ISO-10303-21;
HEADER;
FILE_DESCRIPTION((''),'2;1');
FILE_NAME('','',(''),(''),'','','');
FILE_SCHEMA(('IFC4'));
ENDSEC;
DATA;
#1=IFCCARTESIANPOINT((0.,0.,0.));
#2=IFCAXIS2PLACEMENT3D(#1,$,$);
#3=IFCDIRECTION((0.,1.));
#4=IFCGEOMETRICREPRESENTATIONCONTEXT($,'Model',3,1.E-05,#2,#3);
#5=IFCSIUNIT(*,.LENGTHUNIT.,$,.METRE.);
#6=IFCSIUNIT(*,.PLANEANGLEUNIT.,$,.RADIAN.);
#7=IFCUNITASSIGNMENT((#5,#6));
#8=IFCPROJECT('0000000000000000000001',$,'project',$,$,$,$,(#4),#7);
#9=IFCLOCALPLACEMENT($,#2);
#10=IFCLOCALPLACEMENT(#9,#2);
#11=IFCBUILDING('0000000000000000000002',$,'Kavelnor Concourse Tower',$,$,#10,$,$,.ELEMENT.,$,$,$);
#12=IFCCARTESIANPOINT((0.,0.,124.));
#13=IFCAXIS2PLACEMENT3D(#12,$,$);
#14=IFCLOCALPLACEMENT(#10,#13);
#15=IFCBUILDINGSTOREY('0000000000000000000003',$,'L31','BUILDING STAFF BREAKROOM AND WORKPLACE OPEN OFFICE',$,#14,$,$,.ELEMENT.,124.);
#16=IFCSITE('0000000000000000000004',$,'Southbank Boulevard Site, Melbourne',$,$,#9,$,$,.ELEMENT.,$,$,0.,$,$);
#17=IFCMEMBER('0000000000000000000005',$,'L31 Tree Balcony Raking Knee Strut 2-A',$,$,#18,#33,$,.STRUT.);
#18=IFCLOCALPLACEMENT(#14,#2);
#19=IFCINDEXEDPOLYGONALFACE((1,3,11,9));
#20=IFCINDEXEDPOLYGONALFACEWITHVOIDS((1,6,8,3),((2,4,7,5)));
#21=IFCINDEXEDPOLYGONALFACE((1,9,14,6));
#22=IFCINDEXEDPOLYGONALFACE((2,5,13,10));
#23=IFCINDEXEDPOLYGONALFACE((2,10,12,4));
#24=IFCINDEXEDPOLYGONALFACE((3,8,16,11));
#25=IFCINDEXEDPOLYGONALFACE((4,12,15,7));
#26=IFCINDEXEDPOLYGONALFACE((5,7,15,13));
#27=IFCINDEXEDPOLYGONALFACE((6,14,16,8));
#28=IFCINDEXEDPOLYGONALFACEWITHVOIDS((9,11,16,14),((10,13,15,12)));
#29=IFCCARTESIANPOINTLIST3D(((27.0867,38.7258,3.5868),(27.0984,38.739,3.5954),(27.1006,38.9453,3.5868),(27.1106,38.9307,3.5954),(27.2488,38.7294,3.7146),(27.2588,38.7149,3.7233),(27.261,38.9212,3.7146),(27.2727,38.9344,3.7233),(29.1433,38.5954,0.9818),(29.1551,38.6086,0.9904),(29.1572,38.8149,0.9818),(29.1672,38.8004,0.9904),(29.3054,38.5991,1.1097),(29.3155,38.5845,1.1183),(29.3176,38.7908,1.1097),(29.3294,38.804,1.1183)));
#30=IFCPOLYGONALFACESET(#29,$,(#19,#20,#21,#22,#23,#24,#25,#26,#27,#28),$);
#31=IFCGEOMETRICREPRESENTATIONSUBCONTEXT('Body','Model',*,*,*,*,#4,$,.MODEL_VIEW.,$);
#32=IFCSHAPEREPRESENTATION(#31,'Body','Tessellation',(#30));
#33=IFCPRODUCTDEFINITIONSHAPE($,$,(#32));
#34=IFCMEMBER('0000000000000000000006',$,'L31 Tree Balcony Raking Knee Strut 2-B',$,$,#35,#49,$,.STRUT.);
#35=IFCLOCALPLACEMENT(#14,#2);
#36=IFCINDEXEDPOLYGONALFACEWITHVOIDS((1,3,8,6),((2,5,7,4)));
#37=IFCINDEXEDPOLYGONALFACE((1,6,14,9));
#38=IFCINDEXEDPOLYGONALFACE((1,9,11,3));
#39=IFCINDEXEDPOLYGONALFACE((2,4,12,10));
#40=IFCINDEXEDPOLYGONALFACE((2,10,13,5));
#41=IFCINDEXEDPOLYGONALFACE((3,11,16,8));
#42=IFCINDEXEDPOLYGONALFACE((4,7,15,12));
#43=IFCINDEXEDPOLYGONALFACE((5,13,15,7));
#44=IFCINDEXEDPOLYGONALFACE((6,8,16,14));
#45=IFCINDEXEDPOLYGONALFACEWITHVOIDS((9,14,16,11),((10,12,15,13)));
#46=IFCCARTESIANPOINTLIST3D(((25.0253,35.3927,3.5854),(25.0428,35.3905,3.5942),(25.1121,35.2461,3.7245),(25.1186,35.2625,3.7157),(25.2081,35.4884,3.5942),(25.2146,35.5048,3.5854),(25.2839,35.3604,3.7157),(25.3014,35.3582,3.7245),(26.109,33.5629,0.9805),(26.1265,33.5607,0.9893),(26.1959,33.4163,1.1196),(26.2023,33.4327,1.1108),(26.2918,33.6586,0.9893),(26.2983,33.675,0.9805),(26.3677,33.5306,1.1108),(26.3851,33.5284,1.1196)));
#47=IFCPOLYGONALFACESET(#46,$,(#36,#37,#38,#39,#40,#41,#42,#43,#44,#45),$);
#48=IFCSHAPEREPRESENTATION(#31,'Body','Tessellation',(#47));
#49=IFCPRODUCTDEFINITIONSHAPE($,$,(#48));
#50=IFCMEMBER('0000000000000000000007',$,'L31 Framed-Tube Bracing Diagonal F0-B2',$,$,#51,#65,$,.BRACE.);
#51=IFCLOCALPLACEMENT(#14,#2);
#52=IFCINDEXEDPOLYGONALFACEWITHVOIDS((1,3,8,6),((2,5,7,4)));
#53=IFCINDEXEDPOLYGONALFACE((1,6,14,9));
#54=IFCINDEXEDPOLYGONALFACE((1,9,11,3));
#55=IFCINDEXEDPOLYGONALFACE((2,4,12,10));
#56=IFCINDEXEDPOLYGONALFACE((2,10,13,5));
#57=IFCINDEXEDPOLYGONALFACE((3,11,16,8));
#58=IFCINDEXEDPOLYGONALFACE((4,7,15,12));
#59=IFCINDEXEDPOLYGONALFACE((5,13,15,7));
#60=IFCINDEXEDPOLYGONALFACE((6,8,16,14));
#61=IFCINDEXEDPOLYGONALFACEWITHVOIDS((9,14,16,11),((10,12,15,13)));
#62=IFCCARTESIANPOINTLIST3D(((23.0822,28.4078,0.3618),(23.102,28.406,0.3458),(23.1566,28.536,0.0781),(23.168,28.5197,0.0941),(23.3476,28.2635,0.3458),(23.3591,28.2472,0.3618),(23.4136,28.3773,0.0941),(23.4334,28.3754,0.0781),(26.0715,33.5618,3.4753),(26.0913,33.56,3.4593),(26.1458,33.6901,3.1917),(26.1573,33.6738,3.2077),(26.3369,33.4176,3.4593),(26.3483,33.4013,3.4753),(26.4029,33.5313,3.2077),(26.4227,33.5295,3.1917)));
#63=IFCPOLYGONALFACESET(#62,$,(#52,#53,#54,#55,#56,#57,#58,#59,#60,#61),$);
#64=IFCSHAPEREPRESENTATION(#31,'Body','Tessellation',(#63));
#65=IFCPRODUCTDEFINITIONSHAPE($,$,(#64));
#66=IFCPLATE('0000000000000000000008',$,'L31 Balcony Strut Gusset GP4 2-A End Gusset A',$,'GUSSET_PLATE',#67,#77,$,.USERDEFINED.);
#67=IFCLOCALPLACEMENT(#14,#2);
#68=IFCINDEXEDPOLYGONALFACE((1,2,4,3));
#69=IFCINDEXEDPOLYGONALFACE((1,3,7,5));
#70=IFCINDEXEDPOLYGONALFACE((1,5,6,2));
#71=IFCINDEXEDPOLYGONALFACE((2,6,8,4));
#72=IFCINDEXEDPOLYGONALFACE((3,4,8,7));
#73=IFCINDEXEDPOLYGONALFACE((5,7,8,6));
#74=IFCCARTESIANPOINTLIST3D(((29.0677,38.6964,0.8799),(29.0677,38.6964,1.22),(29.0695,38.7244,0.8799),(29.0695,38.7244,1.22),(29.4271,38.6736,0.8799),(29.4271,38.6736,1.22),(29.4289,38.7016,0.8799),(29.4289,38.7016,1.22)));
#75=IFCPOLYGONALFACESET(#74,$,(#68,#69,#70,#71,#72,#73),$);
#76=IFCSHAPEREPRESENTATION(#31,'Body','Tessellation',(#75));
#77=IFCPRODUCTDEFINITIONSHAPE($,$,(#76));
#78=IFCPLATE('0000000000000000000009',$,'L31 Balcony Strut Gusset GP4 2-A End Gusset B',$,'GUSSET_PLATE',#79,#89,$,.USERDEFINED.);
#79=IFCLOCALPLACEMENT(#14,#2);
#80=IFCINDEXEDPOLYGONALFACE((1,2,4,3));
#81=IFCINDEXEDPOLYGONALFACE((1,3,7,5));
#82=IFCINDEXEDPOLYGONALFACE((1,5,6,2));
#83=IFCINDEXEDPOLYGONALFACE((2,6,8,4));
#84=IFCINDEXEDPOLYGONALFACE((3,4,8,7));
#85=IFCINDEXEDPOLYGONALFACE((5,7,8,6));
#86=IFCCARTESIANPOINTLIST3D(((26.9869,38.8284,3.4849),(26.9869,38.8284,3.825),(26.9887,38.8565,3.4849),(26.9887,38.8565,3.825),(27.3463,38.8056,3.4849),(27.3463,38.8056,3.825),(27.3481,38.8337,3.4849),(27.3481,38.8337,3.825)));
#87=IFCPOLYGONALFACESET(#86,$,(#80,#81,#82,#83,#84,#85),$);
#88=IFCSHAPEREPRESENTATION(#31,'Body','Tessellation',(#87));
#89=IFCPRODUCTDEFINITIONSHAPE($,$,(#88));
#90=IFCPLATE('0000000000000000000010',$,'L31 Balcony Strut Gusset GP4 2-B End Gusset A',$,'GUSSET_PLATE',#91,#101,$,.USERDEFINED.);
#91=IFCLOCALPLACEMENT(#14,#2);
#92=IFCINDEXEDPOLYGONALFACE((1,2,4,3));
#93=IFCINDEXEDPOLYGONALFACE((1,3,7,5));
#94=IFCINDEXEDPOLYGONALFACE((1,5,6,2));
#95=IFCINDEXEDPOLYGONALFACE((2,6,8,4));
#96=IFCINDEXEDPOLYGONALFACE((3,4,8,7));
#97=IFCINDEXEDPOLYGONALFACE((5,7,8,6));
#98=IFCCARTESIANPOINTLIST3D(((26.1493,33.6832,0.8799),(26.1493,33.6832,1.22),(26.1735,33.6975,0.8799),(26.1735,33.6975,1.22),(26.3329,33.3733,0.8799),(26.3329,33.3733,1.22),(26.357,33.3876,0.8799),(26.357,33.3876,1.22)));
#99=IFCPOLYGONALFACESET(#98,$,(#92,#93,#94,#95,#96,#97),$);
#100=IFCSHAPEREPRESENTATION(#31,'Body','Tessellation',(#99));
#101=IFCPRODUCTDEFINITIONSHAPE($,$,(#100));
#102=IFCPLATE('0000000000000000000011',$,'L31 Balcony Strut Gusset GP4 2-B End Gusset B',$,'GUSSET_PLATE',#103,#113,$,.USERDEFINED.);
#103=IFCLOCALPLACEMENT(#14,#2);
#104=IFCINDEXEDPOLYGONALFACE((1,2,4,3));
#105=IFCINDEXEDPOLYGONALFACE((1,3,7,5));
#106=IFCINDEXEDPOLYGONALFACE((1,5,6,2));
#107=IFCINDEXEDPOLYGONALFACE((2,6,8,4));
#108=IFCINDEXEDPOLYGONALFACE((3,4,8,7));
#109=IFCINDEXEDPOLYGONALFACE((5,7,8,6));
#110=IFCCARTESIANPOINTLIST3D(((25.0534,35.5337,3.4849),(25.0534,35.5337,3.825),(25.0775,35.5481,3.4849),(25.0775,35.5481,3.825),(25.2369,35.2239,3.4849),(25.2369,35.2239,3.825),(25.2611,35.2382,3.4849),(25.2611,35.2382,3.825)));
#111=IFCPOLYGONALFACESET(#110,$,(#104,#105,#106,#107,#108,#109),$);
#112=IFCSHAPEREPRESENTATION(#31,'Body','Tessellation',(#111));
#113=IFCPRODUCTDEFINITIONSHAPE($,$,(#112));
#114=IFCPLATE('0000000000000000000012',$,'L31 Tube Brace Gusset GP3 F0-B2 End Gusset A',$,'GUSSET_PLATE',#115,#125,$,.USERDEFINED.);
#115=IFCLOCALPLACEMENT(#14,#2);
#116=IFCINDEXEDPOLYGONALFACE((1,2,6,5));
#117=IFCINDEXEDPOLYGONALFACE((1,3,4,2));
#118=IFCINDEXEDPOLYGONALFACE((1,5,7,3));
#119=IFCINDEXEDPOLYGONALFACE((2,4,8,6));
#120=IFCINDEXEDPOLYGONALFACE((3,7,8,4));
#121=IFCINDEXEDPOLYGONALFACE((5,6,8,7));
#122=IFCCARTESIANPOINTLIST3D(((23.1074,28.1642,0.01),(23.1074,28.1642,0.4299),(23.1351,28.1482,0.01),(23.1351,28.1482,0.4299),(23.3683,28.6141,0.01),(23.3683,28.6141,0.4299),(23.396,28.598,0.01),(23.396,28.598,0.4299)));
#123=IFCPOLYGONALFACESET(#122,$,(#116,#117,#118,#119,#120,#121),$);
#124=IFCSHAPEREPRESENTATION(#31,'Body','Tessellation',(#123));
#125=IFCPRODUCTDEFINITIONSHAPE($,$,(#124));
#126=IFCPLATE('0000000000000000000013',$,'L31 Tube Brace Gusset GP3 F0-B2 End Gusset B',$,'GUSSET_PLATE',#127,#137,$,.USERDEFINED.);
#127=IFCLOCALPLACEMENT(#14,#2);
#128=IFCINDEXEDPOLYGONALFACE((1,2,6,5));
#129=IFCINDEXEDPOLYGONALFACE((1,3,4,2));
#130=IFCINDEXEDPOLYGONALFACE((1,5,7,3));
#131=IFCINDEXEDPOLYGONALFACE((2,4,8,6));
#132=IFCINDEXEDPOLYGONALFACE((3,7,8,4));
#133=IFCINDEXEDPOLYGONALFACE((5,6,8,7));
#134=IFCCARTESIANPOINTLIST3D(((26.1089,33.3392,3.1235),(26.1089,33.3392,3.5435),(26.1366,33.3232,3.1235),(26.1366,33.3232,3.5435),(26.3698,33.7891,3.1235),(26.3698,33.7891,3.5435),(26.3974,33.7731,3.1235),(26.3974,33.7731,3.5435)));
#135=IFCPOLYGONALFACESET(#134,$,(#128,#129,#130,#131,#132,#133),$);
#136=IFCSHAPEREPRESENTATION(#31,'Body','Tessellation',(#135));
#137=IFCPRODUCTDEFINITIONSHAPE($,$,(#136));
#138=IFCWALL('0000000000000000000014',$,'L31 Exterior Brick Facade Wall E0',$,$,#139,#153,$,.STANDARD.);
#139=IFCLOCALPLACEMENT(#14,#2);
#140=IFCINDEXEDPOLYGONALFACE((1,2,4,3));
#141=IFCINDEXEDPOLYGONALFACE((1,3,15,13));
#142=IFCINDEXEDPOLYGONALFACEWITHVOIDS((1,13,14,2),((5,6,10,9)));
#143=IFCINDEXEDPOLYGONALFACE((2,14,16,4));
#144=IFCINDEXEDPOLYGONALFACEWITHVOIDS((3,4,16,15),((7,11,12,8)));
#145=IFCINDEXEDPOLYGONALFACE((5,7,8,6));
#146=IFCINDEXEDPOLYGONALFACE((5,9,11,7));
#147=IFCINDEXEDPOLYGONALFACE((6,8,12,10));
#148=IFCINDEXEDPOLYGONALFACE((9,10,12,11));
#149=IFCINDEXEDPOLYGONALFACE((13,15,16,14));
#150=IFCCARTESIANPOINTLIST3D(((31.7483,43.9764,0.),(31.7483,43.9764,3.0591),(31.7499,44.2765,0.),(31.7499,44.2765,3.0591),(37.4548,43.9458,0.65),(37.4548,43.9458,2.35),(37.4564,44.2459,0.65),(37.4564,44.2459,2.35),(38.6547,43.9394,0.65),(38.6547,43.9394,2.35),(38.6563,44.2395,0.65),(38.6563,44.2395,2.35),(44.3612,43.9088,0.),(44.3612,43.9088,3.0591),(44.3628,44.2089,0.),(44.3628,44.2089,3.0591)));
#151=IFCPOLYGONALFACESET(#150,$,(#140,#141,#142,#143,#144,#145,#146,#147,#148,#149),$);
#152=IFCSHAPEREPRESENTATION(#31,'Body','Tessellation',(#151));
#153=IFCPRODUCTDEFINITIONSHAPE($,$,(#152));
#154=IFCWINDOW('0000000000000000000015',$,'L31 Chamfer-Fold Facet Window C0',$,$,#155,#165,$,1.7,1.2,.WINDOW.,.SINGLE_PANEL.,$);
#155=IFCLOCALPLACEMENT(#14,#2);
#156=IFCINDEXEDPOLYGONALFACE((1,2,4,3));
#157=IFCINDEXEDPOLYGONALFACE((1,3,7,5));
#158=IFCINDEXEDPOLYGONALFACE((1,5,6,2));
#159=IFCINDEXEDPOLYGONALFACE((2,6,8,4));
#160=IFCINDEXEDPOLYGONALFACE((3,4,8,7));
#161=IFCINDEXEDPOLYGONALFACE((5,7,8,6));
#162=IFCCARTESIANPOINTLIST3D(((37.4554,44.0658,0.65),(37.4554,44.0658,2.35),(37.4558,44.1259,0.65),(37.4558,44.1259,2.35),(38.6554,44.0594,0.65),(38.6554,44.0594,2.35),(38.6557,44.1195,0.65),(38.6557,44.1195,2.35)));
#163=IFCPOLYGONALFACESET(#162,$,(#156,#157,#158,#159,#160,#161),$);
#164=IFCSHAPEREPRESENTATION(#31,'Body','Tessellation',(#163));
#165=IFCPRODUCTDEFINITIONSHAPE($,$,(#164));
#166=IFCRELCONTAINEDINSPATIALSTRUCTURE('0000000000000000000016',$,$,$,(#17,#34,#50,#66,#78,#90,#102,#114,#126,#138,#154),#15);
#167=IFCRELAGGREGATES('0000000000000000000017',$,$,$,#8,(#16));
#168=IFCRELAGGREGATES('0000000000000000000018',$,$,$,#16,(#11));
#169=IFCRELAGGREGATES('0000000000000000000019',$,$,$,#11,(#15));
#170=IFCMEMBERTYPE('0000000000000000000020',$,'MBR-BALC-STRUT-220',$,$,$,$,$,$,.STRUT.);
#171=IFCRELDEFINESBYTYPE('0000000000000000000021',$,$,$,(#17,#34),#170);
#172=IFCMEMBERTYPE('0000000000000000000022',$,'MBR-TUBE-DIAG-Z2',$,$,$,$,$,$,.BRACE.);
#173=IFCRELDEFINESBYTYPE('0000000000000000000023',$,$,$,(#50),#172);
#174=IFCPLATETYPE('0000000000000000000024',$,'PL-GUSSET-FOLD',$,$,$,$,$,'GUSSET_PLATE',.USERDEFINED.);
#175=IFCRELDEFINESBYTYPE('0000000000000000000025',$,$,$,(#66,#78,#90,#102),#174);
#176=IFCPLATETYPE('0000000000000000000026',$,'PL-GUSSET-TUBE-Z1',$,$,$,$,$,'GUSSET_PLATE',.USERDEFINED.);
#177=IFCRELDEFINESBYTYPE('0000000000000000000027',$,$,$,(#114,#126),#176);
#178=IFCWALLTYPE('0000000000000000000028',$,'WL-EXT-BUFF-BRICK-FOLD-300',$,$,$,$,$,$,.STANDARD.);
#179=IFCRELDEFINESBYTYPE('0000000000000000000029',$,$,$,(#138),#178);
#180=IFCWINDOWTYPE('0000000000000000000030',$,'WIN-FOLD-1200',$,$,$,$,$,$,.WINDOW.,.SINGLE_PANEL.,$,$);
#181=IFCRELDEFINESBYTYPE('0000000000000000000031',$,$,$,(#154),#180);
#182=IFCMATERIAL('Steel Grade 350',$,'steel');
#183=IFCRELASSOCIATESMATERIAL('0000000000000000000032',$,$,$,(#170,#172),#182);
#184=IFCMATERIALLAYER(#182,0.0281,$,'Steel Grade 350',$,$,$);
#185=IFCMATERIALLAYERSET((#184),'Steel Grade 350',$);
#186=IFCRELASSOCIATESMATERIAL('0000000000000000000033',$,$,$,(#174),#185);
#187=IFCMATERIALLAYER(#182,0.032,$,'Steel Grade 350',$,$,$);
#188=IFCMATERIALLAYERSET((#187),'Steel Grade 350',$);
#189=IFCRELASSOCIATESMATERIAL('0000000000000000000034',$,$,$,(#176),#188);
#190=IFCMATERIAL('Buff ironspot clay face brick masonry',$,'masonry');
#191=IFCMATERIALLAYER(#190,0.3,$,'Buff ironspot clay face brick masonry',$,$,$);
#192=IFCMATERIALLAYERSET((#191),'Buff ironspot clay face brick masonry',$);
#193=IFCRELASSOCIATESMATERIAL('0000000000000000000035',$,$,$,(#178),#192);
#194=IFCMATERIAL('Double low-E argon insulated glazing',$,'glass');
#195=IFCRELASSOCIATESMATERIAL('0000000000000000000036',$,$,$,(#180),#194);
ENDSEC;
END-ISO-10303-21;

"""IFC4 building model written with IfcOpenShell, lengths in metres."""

from ifc_helpers import new_model, si_unit, direction, frame, frame_2d, origin, origin_2d, place, context, subcontext, project, spatial, rectangle, hollow_rectangle, extrude, material, layer, layer_set, material_profile, profile_set, type_object, element, fill, save


model = new_model("IFC4")

# Units and contexts
model_context = context("Model", 3, precision=1e-05, world=origin(), true_north=direction((0.0, 1.0)))
body_context = subcontext(model_context, "Body", "Model", "MODEL_VIEW")
ifc_project = project(units=[si_unit("LENGTHUNIT", "METRE"), si_unit("PLANEANGLEUNIT", "RADIAN")], contexts=[model_context])

# Site, building, storey
site_placement = place(None, origin())
site = spatial("IfcSite", under=ifc_project, at=site_placement, Name="Southbank Boulevard Site, Melbourne", CompositionType="ELEMENT", RefElevation=0.0)
building_placement = place(site_placement, origin())
building = spatial("IfcBuilding", under=site, at=building_placement, Name="Kavelnor Concourse Tower", CompositionType="ELEMENT")
storey_placement = place(building_placement, frame((0.0, 0.0, 124.0)))
storey = spatial("IfcBuildingStorey", under=building, at=storey_placement, Name="L31", Description="BUILDING STAFF BREAKROOM AND WORKPLACE OPEN OFFICE", CompositionType="ELEMENT", Elevation=124.0)

# Shared definitions
ifc_material_1 = material(Name="Steel Grade 350", Category="steel")

# Members
ifc_material_profile_1 = material_profile(ifc_material_1, hollow_rectangle(XDim=0.22, YDim=0.22, WallThickness=0.0139, at=origin_2d()), Name="SHS 220x220x14")
ifc_profile_set_1 = profile_set([ifc_material_profile_1], Name="Steel Grade 350")
member_type_1 = type_object("IfcMemberType", Name="MBR-BALC-STRUT-220", PredefinedType="STRUT", material=ifc_profile_set_1)
member_1_placement = place(storey_placement, frame((29.2363, 38.6997, 1.05), z_axis=(-0.619181, 0.03925, 0.784267), x_axis=(-0.063263, -0.997997, 0.0)))
element("IfcMember", 1, at=member_1_placement, inside=storey, type_object=member_type_1, Name="L31 Tree Balcony Raking Knee Strut 2-A", PredefinedType="STRUT", context=body_context, shape_type="SweptSolid", body=[
    extrude(hollow_rectangle(XDim=0.22, YDim=0.22, WallThickness=0.0139, at=origin_2d()), origin(), (0.0, 0.0, 1.0), 3.3215),
])
member_2_placement = place(storey_placement, frame((26.2471, 33.5457, 1.05), z_axis=(-0.322269, 0.544133, 0.774637), x_axis=(-0.860416, -0.509592, 0.0)))
element("IfcMember", 2, at=member_2_placement, inside=storey, type_object=member_type_1, Name="L31 Tree Balcony Raking Knee Strut 2-B", PredefinedType="STRUT", context=body_context, shape_type="SweptSolid", body=[
    extrude(hollow_rectangle(XDim=0.22, YDim=0.22, WallThickness=0.0139, at=origin_2d()), origin(), (0.0, 0.0, 1.0), 3.3628),
])
ifc_material_profile_2 = material_profile(ifc_material_1, hollow_rectangle(XDim=0.3201, YDim=0.3201, WallThickness=0.0181, at=origin_2d()), Name="SHS 320x320x18")
ifc_profile_set_2 = profile_set([ifc_material_profile_2], Name="Steel Grade 350")
member_type_2 = type_object("IfcMemberType", Name="MBR-TUBE-DIAG-Z2", PredefinedType="BRACE", material=ifc_profile_set_2)
member_3_placement = place(storey_placement, frame((23.2578, 28.3916, 0.22), z_axis=(0.444655, 0.76667, 0.46314), x_axis=(-0.865038, 0.501706, 0.0)))
element("IfcMember", 3, at=member_3_placement, inside=storey, type_object=member_type_2, Name="L31 Framed-Tube Bracing Diagonal F0-B2", PredefinedType="BRACE", context=body_context, shape_type="SweptSolid", body=[
    extrude(hollow_rectangle(XDim=0.3201, YDim=0.3201, WallThickness=0.0181, at=origin_2d()), origin(), (0.0, 0.0, 1.0), 6.7227),
])

# Plates
ifc_layer_1 = layer(ifc_material_1, 0.0281, Name="Steel Grade 350")
ifc_layer_set_1 = layer_set([ifc_layer_1], Name="Steel Grade 350")
plate_type_1 = type_object("IfcPlateType", Name="PL-GUSSET-FOLD", ElementType="GUSSET_PLATE", PredefinedType="USERDEFINED", material=ifc_layer_set_1)
for number, where, z_axis, x_axis, name in (
    (4, (29.2483, 38.699, 0.8799), (0.0, 0.0, 1.0), (-0.997994, 0.063313, 0.0), "L31 Balcony Strut Gusset GP4 2-A End Gusset A"),
    (5, (27.1675, 38.8311, 3.4849), (0.0, 0.0, 1.0), (-0.997994, 0.063313, 0.0), "L31 Balcony Strut Gusset GP4 2-A End Gusset B"),
    (6, (26.2532, 33.5354, 0.8799), (0.0, 0.0, 1.0), (-0.509642, 0.860386, 0.0), "L31 Balcony Strut Gusset GP4 2-B End Gusset A"),
    (7, (25.1572, 35.386, 3.4849), (0.0, 0.0, 1.0), (-0.509642, 0.860386, 0.0), "L31 Balcony Strut Gusset GP4 2-B End Gusset B"),
):
    element("IfcPlate", number, at=place(storey_placement, frame(where, z_axis=z_axis, x_axis=x_axis)), inside=storey, type_object=plate_type_1, Name=name, ObjectType="GUSSET_PLATE", PredefinedType="USERDEFINED", context=body_context, shape_type="SweptSolid", body=[
        extrude(rectangle(XDim=0.3601, YDim=0.0281, at=origin_2d()), origin(), (0.0, 0.0, 1.0), 0.3401),
    ])
ifc_layer_2 = layer(ifc_material_1, 0.032, Name="Steel Grade 350")
ifc_layer_set_2 = layer_set([ifc_layer_2], Name="Steel Grade 350")
plate_type_2 = type_object("IfcPlateType", Name="PL-GUSSET-TUBE-Z1", ElementType="GUSSET_PLATE", PredefinedType="USERDEFINED", material=ifc_layer_set_2)
for number, where, z_axis, x_axis, name in (
    (8, (23.2517, 28.3811, 0.01), (0.0, 0.0, 1.0), (0.501662, 0.865064, 0.0), "L31 Tube Brace Gusset GP3 F0-B2 End Gusset A"),
    (9, (26.2532, 33.5562, 3.1235), (0.0, 0.0, 1.0), (0.501662, 0.865064, 0.0), "L31 Tube Brace Gusset GP3 F0-B2 End Gusset B"),
):
    element("IfcPlate", number, at=place(storey_placement, frame(where, z_axis=z_axis, x_axis=x_axis)), inside=storey, type_object=plate_type_2, Name=name, ObjectType="GUSSET_PLATE", PredefinedType="USERDEFINED", context=body_context, shape_type="SweptSolid", body=[
        extrude(rectangle(XDim=0.52, YDim=0.032, at=origin_2d()), origin(), (0.0, 0.0, 1.0), 0.4199),
    ])

# Wall, opening, window
ifc_material_2 = material(Name="Buff ironspot clay face brick masonry", Category="masonry")
ifc_layer_3 = layer(ifc_material_2, 0.3, Name="Buff ironspot clay face brick masonry")
ifc_layer_set_3 = layer_set([ifc_layer_3], Name="Buff ironspot clay face brick masonry")
wall_type_1 = type_object("IfcWallType", Name="WL-EXT-BUFF-BRICK-FOLD-300", PredefinedType="STANDARD", material=ifc_layer_set_3)
wall_1_placement = place(storey_placement, frame((31.749, 44.1265, 0.0), z_axis=(0.0, 0.0, 1.0), x_axis=(0.999986, -0.005362, 0.0)))
wall_1 = element("IfcWall", 10, at=wall_1_placement, inside=storey, type_object=wall_type_1, Name="L31 Exterior Brick Facade Wall E0", PredefinedType="STANDARD", context=body_context, shape_type="SweptSolid", body=[
    extrude(rectangle(XDim=12.613, YDim=0.3, at=frame_2d((6.3066, 0.0))), origin(), (0.0, 0.0, 1.0), 3.0591),
])
opening_1_placement = place(wall_1_placement, frame((5.7065, 0.0, 0.6499)))
opening_1 = element("IfcOpeningElement", 11, at=opening_1_placement, cuts=wall_1, PredefinedType="OPENING", context=body_context, shape_type="SweptSolid", body=[
    extrude(rectangle(XDim=1.2, YDim=1.7, at=frame_2d((0.6001, 0.8501))), frame((0.0, 0.1602, 0.0), z_axis=(0.0, -1.0, 0.0), x_axis=(1.0, 0.0, 0.0)), (0.0, 0.0, 1.0), 0.3201),
])
ifc_material_3 = material(Name="Double low-E argon insulated glazing", Category="glass")
window_type = type_object("IfcWindowType", Name="WIN-FOLD-1200", PartitioningType="SINGLE_PANEL", PredefinedType="WINDOW", material=ifc_material_3)
window_placement = place(opening_1_placement, origin())
window = element("IfcWindow", 12, at=window_placement, inside=storey, type_object=window_type, Name="L31 Chamfer-Fold Facet Window C0", OverallHeight=1.7, OverallWidth=1.2, PartitioningType="SINGLE_PANEL", PredefinedType="WINDOW", context=body_context, shape_type="SweptSolid", body=[
    extrude(rectangle(XDim=1.2, YDim=1.7, at=frame_2d((0.6001, 0.8501))), frame((0.0, 0.03, 0.0), z_axis=(0.0, -1.0, 0.0), x_axis=(1.0, 0.0, 0.0)), (0.0, 0.0, 1.0), 0.0601),
])
fill(opening_1, window)

save(model, "model.ifc")
